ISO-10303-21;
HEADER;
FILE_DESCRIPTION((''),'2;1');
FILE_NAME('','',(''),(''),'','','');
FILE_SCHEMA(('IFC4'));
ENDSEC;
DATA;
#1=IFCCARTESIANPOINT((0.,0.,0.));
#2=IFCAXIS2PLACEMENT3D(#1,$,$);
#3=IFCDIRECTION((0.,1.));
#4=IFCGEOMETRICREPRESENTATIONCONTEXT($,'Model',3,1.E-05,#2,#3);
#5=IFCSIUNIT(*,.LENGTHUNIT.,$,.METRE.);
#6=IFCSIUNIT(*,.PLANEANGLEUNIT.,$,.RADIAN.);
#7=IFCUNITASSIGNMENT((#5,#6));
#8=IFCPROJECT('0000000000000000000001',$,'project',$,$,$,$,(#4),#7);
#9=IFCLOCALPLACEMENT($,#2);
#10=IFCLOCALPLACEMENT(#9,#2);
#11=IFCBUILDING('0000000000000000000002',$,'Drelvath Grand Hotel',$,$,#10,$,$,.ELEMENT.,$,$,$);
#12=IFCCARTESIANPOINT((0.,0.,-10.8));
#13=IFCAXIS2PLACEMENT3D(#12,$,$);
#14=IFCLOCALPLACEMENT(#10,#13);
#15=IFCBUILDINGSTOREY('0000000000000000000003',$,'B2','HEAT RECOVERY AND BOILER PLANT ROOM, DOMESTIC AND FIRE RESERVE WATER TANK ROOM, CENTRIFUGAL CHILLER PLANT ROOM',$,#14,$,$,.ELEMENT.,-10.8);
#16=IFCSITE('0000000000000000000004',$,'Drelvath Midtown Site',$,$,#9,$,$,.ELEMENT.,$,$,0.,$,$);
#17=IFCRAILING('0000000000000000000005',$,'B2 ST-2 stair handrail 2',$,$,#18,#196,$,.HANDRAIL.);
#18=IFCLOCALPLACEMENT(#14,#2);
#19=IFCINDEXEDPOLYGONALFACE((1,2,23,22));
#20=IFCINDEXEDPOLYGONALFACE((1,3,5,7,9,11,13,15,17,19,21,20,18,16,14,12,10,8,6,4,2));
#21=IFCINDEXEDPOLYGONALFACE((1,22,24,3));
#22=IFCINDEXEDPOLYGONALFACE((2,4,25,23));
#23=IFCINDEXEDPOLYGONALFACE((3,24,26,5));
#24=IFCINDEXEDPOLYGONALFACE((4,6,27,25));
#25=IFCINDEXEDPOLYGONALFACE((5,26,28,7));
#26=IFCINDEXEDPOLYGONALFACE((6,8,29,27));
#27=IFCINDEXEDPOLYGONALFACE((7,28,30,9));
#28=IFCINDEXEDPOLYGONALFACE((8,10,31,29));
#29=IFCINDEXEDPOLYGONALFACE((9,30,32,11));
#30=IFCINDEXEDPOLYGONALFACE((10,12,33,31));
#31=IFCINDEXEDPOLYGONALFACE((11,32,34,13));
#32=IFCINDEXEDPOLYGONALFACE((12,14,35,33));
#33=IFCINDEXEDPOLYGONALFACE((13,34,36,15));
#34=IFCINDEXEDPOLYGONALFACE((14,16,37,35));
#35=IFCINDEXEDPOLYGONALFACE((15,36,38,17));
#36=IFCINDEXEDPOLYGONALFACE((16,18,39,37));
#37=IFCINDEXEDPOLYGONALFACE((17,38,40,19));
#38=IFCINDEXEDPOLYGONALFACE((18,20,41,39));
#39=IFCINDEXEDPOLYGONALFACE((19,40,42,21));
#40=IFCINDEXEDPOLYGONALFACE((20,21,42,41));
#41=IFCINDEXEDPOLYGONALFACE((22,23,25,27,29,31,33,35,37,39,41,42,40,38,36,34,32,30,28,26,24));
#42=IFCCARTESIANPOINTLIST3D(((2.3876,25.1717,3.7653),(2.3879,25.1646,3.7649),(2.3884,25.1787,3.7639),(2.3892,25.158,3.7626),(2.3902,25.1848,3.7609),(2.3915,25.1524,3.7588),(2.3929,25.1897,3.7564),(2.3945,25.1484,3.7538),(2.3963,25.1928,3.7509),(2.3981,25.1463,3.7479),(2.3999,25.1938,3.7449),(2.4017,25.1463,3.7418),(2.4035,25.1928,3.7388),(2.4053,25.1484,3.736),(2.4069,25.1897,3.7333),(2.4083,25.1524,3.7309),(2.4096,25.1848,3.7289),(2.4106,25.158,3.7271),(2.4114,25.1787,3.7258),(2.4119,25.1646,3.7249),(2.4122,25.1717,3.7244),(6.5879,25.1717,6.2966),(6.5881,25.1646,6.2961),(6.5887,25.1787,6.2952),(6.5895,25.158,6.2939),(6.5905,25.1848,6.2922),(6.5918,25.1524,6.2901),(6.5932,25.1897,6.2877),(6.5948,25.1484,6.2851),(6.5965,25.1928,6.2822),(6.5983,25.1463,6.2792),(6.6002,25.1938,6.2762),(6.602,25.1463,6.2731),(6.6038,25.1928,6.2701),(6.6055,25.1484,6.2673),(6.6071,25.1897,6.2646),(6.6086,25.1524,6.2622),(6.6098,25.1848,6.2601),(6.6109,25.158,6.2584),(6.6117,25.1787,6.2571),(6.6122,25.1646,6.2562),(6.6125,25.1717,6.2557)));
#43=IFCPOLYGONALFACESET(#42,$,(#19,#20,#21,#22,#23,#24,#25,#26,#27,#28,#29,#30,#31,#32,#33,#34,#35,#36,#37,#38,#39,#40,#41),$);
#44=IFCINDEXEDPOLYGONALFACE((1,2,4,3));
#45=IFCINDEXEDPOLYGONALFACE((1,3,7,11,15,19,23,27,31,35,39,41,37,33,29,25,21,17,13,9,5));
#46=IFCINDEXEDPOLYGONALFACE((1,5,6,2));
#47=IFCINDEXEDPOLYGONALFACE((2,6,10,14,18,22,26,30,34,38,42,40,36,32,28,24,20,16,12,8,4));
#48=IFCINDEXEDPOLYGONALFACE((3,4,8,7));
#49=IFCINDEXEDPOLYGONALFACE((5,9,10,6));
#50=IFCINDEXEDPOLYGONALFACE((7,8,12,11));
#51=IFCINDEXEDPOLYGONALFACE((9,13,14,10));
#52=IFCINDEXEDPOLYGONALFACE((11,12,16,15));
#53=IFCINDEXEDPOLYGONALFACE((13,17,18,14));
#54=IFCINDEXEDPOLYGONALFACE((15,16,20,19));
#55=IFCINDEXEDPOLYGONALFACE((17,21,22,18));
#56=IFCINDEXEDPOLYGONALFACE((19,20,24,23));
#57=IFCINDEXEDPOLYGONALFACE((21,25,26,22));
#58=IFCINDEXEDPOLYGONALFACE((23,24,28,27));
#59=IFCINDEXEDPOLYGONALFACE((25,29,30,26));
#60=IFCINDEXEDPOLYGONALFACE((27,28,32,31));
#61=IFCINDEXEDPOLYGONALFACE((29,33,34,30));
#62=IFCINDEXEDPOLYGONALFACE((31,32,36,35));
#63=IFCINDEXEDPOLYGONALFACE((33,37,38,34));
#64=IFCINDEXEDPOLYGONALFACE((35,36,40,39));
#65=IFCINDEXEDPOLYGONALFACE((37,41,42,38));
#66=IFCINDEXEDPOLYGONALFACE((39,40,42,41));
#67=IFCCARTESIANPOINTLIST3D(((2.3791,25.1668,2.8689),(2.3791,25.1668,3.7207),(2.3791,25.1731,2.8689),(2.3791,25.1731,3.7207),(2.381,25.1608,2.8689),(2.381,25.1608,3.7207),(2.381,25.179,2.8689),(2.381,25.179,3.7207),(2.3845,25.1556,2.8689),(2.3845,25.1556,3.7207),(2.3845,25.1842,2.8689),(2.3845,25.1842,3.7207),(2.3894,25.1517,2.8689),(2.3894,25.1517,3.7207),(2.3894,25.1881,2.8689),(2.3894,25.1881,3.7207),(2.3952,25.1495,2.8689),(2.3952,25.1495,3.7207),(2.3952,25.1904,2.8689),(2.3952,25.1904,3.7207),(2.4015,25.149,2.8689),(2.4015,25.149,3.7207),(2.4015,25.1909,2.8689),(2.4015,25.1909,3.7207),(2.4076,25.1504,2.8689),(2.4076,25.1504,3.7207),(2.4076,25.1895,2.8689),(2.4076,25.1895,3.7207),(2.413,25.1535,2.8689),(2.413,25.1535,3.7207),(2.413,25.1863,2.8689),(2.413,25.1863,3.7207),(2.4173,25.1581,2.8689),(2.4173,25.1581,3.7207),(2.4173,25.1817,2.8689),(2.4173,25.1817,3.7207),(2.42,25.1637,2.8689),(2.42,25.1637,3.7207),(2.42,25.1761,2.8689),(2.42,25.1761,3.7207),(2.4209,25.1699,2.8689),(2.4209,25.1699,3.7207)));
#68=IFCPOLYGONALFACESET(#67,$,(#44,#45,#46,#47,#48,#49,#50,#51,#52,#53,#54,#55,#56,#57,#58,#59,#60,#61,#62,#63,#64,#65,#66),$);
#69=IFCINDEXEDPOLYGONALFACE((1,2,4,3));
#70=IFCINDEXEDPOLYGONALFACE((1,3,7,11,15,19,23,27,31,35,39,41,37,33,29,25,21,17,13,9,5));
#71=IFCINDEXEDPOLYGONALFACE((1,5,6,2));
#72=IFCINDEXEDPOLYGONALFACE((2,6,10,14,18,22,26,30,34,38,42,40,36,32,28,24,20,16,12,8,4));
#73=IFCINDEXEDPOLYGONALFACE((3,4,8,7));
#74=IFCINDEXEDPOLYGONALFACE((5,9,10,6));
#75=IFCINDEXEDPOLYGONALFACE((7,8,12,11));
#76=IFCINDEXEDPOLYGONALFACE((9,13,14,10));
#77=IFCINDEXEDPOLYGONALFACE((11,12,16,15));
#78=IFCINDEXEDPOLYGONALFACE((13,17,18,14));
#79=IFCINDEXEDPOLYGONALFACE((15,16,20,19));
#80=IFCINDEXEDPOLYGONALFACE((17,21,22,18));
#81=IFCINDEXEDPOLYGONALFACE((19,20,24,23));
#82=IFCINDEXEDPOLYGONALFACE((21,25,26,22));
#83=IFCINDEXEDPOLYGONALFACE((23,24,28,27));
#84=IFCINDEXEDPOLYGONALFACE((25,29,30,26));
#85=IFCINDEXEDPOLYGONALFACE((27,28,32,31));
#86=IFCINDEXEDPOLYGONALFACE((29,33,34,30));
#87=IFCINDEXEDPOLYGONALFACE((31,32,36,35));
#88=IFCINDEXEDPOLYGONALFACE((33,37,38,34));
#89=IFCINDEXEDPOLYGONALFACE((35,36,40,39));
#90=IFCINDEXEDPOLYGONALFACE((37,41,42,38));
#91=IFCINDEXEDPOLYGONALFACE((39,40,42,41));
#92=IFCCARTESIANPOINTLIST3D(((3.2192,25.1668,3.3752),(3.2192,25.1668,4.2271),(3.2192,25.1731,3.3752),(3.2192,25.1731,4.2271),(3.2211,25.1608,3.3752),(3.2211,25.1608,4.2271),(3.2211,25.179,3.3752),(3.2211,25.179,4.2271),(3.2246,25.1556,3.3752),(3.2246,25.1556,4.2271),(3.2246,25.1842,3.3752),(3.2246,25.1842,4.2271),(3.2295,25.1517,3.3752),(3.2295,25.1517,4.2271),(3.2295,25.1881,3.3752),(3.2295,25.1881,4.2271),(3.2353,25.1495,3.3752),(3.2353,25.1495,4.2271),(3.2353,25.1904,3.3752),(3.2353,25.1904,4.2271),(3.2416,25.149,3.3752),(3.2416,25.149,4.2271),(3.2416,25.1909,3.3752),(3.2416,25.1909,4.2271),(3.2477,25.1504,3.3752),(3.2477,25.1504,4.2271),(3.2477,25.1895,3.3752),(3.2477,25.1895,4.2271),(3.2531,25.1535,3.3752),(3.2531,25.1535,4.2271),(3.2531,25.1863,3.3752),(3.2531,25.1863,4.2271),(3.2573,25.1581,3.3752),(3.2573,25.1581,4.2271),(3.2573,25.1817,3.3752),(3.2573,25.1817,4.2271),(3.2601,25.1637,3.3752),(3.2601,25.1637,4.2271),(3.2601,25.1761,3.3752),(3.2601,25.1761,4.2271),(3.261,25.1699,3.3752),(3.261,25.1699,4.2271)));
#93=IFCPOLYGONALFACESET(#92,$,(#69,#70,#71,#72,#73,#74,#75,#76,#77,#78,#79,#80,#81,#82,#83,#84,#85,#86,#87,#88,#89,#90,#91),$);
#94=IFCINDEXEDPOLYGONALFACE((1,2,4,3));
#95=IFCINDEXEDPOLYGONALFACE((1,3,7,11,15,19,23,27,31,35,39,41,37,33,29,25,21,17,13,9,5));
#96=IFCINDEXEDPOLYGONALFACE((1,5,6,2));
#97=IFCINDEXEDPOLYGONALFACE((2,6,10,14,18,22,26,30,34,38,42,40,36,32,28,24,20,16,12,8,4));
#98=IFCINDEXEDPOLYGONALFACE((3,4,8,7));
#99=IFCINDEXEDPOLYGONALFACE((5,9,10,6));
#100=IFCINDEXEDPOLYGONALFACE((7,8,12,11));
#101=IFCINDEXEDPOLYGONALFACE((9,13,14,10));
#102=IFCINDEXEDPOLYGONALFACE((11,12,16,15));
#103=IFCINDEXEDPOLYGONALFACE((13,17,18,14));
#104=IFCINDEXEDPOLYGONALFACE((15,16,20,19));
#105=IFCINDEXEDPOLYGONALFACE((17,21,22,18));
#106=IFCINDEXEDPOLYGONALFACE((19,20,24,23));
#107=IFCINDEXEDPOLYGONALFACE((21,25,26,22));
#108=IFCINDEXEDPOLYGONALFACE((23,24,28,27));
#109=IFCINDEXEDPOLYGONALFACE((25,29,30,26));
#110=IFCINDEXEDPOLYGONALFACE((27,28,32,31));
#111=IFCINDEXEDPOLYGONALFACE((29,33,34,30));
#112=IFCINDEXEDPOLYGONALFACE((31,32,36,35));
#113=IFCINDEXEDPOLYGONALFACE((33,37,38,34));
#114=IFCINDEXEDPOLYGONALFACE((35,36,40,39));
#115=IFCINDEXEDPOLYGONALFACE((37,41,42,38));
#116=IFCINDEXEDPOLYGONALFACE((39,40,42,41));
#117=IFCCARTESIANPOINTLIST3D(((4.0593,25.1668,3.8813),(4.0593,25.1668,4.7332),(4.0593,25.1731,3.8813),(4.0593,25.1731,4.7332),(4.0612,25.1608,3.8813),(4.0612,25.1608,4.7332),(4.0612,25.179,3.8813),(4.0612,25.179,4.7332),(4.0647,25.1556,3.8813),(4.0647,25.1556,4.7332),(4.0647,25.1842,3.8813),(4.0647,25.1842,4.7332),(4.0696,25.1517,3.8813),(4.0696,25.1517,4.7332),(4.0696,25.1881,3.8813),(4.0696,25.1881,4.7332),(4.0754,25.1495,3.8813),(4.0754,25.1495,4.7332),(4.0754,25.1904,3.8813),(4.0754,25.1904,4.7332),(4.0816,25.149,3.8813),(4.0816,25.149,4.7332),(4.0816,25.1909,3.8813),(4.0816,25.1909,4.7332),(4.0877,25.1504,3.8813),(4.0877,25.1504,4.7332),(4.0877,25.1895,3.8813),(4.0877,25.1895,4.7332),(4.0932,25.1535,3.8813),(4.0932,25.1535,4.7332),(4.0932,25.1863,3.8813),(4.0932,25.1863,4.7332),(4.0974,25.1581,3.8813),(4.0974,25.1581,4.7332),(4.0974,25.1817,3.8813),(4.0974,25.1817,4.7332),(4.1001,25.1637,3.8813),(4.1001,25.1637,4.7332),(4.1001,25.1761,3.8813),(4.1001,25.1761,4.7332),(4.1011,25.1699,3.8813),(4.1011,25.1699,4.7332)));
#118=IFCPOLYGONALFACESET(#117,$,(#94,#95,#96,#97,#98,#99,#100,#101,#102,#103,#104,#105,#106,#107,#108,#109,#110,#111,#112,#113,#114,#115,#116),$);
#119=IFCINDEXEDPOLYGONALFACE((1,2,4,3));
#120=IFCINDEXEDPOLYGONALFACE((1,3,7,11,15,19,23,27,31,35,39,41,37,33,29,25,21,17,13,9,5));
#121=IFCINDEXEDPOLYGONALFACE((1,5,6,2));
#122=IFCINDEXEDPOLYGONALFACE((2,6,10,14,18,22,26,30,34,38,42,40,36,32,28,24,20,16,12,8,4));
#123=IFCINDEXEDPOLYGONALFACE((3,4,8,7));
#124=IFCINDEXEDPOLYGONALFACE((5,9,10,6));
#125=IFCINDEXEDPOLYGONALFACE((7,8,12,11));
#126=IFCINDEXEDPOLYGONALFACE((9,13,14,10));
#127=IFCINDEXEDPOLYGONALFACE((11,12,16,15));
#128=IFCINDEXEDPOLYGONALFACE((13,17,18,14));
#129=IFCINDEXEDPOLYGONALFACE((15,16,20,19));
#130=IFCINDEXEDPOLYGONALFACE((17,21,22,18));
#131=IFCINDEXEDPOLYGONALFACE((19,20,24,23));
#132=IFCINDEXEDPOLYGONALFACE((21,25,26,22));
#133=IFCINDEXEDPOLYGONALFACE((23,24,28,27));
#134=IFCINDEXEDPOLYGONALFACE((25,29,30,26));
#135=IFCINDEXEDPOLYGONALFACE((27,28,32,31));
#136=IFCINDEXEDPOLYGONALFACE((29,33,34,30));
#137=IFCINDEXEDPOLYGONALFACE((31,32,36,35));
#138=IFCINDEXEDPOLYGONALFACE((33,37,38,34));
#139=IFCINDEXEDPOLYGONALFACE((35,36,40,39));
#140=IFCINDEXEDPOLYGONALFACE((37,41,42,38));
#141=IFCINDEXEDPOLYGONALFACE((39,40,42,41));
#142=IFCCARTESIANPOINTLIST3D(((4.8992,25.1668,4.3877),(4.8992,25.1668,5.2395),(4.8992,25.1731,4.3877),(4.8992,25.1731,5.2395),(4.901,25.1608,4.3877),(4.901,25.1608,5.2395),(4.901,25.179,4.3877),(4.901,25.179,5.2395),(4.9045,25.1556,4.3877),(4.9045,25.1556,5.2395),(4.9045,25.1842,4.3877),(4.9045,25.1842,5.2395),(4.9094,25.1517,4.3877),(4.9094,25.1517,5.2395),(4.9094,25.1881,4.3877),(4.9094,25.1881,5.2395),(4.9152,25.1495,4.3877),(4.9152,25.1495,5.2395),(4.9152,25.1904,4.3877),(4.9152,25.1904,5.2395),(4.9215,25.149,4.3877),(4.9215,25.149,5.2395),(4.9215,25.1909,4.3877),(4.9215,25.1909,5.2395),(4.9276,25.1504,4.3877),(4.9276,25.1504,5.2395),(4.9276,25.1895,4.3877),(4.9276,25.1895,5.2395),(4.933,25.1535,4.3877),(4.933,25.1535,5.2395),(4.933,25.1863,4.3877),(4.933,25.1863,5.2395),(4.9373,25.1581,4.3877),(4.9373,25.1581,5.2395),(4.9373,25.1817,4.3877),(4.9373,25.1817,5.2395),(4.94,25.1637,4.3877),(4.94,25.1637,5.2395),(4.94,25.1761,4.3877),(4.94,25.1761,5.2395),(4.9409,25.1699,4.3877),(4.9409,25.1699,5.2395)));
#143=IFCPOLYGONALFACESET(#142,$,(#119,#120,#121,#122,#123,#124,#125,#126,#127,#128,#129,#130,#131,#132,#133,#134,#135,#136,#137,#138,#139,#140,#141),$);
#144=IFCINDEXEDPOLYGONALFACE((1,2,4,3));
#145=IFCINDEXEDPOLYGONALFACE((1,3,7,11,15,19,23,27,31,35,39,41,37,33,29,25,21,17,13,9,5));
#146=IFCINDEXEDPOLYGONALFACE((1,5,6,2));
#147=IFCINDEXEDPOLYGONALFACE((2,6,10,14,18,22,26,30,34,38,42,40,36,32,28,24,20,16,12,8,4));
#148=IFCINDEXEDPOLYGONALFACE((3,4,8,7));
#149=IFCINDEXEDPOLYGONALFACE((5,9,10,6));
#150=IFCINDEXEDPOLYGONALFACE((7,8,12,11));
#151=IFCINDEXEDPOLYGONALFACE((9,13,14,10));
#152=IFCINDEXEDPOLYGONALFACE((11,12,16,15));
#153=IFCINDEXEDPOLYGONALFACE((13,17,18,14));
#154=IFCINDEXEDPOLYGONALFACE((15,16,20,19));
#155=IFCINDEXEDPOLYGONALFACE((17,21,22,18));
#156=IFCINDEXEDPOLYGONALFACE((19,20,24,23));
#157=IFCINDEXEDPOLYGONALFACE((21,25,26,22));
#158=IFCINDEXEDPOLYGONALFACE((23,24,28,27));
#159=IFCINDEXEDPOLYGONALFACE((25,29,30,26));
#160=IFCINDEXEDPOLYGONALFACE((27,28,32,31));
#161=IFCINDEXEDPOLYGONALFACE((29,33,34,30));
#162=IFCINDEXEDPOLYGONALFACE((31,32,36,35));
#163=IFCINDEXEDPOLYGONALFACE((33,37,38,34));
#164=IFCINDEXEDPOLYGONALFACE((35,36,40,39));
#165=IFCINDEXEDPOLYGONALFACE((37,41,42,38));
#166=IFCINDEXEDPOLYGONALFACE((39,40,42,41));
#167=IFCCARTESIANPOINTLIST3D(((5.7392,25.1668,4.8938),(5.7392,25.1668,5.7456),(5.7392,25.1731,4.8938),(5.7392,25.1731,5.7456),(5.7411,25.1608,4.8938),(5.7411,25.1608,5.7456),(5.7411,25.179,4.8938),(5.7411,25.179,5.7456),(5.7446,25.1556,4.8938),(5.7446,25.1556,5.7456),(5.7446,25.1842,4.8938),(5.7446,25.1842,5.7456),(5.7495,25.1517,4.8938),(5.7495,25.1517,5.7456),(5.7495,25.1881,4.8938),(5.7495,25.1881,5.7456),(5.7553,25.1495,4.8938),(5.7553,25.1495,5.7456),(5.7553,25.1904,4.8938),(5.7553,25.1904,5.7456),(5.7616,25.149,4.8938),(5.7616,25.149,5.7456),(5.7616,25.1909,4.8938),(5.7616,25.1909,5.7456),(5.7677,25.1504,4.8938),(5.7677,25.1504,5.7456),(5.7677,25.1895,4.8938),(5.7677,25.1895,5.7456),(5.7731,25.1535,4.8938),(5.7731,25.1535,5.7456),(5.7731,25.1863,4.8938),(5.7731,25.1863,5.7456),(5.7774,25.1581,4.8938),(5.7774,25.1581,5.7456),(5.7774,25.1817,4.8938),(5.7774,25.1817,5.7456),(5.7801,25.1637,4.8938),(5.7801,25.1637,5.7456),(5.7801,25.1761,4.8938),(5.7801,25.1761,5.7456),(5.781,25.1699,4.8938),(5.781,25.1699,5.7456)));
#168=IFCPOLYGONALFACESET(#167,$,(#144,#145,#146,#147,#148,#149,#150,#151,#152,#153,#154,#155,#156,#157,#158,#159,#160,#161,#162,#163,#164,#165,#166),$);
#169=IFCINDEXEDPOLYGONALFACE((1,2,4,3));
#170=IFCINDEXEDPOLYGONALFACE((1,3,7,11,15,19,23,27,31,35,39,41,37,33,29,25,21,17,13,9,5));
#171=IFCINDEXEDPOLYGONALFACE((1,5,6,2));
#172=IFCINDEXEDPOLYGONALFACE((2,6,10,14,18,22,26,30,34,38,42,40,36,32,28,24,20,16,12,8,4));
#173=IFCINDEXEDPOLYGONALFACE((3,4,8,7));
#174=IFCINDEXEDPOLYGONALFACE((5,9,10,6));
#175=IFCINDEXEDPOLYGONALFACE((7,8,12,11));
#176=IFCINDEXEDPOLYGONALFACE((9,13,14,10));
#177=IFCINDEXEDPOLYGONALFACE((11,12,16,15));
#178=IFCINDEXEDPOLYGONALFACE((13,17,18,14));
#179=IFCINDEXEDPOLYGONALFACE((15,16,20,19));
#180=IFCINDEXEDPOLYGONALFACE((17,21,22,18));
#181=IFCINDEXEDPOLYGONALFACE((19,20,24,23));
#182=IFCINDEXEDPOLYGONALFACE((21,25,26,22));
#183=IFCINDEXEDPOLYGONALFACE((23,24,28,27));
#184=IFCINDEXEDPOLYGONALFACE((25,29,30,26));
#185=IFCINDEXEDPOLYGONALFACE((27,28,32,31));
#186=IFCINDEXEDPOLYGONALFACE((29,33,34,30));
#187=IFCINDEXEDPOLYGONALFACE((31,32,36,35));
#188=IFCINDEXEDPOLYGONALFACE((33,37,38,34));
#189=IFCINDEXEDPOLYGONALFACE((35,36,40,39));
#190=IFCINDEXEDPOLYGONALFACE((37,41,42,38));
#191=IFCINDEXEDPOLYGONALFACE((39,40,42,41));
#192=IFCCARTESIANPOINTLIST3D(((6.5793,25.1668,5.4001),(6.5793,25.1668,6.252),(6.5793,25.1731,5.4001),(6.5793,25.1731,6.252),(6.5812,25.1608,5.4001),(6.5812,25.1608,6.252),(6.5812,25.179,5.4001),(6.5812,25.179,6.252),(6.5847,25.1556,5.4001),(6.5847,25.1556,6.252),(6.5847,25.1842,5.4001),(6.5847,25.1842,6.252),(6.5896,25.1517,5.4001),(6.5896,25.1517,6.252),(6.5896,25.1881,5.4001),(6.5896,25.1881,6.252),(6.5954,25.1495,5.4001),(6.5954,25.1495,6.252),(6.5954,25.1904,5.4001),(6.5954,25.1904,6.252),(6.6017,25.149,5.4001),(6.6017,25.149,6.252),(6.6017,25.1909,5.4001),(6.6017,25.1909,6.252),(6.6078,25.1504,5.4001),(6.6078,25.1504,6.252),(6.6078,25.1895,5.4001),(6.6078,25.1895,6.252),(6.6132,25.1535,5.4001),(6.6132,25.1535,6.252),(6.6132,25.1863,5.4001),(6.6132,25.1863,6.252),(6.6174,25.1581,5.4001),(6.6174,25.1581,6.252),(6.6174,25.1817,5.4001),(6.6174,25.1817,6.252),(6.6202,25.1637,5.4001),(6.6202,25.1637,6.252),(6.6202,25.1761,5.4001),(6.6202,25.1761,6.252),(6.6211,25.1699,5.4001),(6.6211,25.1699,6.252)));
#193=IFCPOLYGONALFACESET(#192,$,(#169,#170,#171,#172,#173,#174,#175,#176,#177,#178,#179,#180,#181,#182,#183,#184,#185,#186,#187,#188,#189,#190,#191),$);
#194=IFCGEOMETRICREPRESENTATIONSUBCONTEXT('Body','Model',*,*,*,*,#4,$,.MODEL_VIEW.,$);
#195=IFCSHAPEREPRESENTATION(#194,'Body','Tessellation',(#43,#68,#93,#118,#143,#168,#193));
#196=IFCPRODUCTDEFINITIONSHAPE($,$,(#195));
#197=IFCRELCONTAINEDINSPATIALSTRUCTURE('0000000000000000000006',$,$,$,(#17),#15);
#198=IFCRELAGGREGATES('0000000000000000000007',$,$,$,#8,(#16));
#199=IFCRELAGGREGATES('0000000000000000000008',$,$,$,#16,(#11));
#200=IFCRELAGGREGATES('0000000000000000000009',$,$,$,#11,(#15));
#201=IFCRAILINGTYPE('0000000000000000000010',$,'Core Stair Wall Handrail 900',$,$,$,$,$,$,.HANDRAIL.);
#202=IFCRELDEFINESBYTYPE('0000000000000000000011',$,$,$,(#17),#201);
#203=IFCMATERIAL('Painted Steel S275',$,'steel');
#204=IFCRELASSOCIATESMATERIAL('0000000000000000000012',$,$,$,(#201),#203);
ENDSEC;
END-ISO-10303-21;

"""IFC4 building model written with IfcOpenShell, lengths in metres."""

from ifc_helpers import new_model, si_unit, direction, frame, origin, origin_2d, place, context, subcontext, project, spatial, circle, extrude, material, type_object, element, save


model = new_model("IFC4")

# Units and contexts
model_context = context("Model", 3, precision=1e-05, world=origin(), true_north=direction((0.0, 1.0)))
body_context = subcontext(model_context, "Body", "Model", "MODEL_VIEW")
ifc_project = project(units=[si_unit("LENGTHUNIT", "METRE"), si_unit("PLANEANGLEUNIT", "RADIAN")], contexts=[model_context])

# Site, building, storey
site_placement = place(None, origin())
site = spatial("IfcSite", under=ifc_project, at=site_placement, Name="Drelvath Midtown Site", CompositionType="ELEMENT", RefElevation=0.0)
building_placement = place(site_placement, origin())
building = spatial("IfcBuilding", under=site, at=building_placement, Name="Drelvath Grand Hotel", CompositionType="ELEMENT")
storey_placement = place(building_placement, frame((0.0, 0.0, -10.8)))
storey = spatial("IfcBuildingStorey", under=building, at=storey_placement, Name="B2", Description="HEAT RECOVERY AND BOILER PLANT ROOM, DOMESTIC AND FIRE RESERVE WATER TANK ROOM, CENTRIFUGAL CHILLER PLANT ROOM", CompositionType="ELEMENT", Elevation=-10.8)

# Shared definitions
ifc_material_1 = material(Name="Painted Steel S275", Category="steel")

# Railing
railing_type_1 = type_object("IfcRailingType", Name="Core Stair Wall Handrail 900", PredefinedType="HANDRAIL", material=ifc_material_1)
railing_1_placement = place(storey_placement, frame((2.3999, 25.1699, 2.8689)))
element("IfcRailing", 1, at=railing_1_placement, inside=storey, type_object=railing_type_1, Name="B2 ST-2 stair handrail 2", PredefinedType="HANDRAIL", context=body_context, shape_type="SweptSolid", body=[
    extrude(circle(Radius=0.0239, at=origin_2d()), frame((0.0, 0.0, 0.876), z_axis=(0.85649, 0.0, 0.516164), x_axis=(0.0, 1.0, 0.0)), (0.0, 0.0, 1.0), 4.9041),
    extrude(circle(Radius=0.021, at=origin_2d()), origin(), (0.0, 0.0, 1.0), 0.8518),
    extrude(circle(Radius=0.021, at=origin_2d()), frame((0.8401, 0.0, 0.5063)), (0.0, 0.0, 1.0), 0.8518),
    extrude(circle(Radius=0.021, at=origin_2d()), frame((1.6802, 0.0, 1.0125)), (0.0, 0.0, 1.0), 0.8518),
    extrude(circle(Radius=0.021, at=origin_2d()), frame((2.52, 0.0, 1.5188)), (0.0, 0.0, 1.0), 0.8518),
    extrude(circle(Radius=0.021, at=origin_2d()), frame((3.3601, 0.0, 2.0249)), (0.0, 0.0, 1.0), 0.8518),
    extrude(circle(Radius=0.021, at=origin_2d()), frame((4.2002, 0.0, 2.5312)), (0.0, 0.0, 1.0), 0.8518),
])

save(model, "model.ifc")
